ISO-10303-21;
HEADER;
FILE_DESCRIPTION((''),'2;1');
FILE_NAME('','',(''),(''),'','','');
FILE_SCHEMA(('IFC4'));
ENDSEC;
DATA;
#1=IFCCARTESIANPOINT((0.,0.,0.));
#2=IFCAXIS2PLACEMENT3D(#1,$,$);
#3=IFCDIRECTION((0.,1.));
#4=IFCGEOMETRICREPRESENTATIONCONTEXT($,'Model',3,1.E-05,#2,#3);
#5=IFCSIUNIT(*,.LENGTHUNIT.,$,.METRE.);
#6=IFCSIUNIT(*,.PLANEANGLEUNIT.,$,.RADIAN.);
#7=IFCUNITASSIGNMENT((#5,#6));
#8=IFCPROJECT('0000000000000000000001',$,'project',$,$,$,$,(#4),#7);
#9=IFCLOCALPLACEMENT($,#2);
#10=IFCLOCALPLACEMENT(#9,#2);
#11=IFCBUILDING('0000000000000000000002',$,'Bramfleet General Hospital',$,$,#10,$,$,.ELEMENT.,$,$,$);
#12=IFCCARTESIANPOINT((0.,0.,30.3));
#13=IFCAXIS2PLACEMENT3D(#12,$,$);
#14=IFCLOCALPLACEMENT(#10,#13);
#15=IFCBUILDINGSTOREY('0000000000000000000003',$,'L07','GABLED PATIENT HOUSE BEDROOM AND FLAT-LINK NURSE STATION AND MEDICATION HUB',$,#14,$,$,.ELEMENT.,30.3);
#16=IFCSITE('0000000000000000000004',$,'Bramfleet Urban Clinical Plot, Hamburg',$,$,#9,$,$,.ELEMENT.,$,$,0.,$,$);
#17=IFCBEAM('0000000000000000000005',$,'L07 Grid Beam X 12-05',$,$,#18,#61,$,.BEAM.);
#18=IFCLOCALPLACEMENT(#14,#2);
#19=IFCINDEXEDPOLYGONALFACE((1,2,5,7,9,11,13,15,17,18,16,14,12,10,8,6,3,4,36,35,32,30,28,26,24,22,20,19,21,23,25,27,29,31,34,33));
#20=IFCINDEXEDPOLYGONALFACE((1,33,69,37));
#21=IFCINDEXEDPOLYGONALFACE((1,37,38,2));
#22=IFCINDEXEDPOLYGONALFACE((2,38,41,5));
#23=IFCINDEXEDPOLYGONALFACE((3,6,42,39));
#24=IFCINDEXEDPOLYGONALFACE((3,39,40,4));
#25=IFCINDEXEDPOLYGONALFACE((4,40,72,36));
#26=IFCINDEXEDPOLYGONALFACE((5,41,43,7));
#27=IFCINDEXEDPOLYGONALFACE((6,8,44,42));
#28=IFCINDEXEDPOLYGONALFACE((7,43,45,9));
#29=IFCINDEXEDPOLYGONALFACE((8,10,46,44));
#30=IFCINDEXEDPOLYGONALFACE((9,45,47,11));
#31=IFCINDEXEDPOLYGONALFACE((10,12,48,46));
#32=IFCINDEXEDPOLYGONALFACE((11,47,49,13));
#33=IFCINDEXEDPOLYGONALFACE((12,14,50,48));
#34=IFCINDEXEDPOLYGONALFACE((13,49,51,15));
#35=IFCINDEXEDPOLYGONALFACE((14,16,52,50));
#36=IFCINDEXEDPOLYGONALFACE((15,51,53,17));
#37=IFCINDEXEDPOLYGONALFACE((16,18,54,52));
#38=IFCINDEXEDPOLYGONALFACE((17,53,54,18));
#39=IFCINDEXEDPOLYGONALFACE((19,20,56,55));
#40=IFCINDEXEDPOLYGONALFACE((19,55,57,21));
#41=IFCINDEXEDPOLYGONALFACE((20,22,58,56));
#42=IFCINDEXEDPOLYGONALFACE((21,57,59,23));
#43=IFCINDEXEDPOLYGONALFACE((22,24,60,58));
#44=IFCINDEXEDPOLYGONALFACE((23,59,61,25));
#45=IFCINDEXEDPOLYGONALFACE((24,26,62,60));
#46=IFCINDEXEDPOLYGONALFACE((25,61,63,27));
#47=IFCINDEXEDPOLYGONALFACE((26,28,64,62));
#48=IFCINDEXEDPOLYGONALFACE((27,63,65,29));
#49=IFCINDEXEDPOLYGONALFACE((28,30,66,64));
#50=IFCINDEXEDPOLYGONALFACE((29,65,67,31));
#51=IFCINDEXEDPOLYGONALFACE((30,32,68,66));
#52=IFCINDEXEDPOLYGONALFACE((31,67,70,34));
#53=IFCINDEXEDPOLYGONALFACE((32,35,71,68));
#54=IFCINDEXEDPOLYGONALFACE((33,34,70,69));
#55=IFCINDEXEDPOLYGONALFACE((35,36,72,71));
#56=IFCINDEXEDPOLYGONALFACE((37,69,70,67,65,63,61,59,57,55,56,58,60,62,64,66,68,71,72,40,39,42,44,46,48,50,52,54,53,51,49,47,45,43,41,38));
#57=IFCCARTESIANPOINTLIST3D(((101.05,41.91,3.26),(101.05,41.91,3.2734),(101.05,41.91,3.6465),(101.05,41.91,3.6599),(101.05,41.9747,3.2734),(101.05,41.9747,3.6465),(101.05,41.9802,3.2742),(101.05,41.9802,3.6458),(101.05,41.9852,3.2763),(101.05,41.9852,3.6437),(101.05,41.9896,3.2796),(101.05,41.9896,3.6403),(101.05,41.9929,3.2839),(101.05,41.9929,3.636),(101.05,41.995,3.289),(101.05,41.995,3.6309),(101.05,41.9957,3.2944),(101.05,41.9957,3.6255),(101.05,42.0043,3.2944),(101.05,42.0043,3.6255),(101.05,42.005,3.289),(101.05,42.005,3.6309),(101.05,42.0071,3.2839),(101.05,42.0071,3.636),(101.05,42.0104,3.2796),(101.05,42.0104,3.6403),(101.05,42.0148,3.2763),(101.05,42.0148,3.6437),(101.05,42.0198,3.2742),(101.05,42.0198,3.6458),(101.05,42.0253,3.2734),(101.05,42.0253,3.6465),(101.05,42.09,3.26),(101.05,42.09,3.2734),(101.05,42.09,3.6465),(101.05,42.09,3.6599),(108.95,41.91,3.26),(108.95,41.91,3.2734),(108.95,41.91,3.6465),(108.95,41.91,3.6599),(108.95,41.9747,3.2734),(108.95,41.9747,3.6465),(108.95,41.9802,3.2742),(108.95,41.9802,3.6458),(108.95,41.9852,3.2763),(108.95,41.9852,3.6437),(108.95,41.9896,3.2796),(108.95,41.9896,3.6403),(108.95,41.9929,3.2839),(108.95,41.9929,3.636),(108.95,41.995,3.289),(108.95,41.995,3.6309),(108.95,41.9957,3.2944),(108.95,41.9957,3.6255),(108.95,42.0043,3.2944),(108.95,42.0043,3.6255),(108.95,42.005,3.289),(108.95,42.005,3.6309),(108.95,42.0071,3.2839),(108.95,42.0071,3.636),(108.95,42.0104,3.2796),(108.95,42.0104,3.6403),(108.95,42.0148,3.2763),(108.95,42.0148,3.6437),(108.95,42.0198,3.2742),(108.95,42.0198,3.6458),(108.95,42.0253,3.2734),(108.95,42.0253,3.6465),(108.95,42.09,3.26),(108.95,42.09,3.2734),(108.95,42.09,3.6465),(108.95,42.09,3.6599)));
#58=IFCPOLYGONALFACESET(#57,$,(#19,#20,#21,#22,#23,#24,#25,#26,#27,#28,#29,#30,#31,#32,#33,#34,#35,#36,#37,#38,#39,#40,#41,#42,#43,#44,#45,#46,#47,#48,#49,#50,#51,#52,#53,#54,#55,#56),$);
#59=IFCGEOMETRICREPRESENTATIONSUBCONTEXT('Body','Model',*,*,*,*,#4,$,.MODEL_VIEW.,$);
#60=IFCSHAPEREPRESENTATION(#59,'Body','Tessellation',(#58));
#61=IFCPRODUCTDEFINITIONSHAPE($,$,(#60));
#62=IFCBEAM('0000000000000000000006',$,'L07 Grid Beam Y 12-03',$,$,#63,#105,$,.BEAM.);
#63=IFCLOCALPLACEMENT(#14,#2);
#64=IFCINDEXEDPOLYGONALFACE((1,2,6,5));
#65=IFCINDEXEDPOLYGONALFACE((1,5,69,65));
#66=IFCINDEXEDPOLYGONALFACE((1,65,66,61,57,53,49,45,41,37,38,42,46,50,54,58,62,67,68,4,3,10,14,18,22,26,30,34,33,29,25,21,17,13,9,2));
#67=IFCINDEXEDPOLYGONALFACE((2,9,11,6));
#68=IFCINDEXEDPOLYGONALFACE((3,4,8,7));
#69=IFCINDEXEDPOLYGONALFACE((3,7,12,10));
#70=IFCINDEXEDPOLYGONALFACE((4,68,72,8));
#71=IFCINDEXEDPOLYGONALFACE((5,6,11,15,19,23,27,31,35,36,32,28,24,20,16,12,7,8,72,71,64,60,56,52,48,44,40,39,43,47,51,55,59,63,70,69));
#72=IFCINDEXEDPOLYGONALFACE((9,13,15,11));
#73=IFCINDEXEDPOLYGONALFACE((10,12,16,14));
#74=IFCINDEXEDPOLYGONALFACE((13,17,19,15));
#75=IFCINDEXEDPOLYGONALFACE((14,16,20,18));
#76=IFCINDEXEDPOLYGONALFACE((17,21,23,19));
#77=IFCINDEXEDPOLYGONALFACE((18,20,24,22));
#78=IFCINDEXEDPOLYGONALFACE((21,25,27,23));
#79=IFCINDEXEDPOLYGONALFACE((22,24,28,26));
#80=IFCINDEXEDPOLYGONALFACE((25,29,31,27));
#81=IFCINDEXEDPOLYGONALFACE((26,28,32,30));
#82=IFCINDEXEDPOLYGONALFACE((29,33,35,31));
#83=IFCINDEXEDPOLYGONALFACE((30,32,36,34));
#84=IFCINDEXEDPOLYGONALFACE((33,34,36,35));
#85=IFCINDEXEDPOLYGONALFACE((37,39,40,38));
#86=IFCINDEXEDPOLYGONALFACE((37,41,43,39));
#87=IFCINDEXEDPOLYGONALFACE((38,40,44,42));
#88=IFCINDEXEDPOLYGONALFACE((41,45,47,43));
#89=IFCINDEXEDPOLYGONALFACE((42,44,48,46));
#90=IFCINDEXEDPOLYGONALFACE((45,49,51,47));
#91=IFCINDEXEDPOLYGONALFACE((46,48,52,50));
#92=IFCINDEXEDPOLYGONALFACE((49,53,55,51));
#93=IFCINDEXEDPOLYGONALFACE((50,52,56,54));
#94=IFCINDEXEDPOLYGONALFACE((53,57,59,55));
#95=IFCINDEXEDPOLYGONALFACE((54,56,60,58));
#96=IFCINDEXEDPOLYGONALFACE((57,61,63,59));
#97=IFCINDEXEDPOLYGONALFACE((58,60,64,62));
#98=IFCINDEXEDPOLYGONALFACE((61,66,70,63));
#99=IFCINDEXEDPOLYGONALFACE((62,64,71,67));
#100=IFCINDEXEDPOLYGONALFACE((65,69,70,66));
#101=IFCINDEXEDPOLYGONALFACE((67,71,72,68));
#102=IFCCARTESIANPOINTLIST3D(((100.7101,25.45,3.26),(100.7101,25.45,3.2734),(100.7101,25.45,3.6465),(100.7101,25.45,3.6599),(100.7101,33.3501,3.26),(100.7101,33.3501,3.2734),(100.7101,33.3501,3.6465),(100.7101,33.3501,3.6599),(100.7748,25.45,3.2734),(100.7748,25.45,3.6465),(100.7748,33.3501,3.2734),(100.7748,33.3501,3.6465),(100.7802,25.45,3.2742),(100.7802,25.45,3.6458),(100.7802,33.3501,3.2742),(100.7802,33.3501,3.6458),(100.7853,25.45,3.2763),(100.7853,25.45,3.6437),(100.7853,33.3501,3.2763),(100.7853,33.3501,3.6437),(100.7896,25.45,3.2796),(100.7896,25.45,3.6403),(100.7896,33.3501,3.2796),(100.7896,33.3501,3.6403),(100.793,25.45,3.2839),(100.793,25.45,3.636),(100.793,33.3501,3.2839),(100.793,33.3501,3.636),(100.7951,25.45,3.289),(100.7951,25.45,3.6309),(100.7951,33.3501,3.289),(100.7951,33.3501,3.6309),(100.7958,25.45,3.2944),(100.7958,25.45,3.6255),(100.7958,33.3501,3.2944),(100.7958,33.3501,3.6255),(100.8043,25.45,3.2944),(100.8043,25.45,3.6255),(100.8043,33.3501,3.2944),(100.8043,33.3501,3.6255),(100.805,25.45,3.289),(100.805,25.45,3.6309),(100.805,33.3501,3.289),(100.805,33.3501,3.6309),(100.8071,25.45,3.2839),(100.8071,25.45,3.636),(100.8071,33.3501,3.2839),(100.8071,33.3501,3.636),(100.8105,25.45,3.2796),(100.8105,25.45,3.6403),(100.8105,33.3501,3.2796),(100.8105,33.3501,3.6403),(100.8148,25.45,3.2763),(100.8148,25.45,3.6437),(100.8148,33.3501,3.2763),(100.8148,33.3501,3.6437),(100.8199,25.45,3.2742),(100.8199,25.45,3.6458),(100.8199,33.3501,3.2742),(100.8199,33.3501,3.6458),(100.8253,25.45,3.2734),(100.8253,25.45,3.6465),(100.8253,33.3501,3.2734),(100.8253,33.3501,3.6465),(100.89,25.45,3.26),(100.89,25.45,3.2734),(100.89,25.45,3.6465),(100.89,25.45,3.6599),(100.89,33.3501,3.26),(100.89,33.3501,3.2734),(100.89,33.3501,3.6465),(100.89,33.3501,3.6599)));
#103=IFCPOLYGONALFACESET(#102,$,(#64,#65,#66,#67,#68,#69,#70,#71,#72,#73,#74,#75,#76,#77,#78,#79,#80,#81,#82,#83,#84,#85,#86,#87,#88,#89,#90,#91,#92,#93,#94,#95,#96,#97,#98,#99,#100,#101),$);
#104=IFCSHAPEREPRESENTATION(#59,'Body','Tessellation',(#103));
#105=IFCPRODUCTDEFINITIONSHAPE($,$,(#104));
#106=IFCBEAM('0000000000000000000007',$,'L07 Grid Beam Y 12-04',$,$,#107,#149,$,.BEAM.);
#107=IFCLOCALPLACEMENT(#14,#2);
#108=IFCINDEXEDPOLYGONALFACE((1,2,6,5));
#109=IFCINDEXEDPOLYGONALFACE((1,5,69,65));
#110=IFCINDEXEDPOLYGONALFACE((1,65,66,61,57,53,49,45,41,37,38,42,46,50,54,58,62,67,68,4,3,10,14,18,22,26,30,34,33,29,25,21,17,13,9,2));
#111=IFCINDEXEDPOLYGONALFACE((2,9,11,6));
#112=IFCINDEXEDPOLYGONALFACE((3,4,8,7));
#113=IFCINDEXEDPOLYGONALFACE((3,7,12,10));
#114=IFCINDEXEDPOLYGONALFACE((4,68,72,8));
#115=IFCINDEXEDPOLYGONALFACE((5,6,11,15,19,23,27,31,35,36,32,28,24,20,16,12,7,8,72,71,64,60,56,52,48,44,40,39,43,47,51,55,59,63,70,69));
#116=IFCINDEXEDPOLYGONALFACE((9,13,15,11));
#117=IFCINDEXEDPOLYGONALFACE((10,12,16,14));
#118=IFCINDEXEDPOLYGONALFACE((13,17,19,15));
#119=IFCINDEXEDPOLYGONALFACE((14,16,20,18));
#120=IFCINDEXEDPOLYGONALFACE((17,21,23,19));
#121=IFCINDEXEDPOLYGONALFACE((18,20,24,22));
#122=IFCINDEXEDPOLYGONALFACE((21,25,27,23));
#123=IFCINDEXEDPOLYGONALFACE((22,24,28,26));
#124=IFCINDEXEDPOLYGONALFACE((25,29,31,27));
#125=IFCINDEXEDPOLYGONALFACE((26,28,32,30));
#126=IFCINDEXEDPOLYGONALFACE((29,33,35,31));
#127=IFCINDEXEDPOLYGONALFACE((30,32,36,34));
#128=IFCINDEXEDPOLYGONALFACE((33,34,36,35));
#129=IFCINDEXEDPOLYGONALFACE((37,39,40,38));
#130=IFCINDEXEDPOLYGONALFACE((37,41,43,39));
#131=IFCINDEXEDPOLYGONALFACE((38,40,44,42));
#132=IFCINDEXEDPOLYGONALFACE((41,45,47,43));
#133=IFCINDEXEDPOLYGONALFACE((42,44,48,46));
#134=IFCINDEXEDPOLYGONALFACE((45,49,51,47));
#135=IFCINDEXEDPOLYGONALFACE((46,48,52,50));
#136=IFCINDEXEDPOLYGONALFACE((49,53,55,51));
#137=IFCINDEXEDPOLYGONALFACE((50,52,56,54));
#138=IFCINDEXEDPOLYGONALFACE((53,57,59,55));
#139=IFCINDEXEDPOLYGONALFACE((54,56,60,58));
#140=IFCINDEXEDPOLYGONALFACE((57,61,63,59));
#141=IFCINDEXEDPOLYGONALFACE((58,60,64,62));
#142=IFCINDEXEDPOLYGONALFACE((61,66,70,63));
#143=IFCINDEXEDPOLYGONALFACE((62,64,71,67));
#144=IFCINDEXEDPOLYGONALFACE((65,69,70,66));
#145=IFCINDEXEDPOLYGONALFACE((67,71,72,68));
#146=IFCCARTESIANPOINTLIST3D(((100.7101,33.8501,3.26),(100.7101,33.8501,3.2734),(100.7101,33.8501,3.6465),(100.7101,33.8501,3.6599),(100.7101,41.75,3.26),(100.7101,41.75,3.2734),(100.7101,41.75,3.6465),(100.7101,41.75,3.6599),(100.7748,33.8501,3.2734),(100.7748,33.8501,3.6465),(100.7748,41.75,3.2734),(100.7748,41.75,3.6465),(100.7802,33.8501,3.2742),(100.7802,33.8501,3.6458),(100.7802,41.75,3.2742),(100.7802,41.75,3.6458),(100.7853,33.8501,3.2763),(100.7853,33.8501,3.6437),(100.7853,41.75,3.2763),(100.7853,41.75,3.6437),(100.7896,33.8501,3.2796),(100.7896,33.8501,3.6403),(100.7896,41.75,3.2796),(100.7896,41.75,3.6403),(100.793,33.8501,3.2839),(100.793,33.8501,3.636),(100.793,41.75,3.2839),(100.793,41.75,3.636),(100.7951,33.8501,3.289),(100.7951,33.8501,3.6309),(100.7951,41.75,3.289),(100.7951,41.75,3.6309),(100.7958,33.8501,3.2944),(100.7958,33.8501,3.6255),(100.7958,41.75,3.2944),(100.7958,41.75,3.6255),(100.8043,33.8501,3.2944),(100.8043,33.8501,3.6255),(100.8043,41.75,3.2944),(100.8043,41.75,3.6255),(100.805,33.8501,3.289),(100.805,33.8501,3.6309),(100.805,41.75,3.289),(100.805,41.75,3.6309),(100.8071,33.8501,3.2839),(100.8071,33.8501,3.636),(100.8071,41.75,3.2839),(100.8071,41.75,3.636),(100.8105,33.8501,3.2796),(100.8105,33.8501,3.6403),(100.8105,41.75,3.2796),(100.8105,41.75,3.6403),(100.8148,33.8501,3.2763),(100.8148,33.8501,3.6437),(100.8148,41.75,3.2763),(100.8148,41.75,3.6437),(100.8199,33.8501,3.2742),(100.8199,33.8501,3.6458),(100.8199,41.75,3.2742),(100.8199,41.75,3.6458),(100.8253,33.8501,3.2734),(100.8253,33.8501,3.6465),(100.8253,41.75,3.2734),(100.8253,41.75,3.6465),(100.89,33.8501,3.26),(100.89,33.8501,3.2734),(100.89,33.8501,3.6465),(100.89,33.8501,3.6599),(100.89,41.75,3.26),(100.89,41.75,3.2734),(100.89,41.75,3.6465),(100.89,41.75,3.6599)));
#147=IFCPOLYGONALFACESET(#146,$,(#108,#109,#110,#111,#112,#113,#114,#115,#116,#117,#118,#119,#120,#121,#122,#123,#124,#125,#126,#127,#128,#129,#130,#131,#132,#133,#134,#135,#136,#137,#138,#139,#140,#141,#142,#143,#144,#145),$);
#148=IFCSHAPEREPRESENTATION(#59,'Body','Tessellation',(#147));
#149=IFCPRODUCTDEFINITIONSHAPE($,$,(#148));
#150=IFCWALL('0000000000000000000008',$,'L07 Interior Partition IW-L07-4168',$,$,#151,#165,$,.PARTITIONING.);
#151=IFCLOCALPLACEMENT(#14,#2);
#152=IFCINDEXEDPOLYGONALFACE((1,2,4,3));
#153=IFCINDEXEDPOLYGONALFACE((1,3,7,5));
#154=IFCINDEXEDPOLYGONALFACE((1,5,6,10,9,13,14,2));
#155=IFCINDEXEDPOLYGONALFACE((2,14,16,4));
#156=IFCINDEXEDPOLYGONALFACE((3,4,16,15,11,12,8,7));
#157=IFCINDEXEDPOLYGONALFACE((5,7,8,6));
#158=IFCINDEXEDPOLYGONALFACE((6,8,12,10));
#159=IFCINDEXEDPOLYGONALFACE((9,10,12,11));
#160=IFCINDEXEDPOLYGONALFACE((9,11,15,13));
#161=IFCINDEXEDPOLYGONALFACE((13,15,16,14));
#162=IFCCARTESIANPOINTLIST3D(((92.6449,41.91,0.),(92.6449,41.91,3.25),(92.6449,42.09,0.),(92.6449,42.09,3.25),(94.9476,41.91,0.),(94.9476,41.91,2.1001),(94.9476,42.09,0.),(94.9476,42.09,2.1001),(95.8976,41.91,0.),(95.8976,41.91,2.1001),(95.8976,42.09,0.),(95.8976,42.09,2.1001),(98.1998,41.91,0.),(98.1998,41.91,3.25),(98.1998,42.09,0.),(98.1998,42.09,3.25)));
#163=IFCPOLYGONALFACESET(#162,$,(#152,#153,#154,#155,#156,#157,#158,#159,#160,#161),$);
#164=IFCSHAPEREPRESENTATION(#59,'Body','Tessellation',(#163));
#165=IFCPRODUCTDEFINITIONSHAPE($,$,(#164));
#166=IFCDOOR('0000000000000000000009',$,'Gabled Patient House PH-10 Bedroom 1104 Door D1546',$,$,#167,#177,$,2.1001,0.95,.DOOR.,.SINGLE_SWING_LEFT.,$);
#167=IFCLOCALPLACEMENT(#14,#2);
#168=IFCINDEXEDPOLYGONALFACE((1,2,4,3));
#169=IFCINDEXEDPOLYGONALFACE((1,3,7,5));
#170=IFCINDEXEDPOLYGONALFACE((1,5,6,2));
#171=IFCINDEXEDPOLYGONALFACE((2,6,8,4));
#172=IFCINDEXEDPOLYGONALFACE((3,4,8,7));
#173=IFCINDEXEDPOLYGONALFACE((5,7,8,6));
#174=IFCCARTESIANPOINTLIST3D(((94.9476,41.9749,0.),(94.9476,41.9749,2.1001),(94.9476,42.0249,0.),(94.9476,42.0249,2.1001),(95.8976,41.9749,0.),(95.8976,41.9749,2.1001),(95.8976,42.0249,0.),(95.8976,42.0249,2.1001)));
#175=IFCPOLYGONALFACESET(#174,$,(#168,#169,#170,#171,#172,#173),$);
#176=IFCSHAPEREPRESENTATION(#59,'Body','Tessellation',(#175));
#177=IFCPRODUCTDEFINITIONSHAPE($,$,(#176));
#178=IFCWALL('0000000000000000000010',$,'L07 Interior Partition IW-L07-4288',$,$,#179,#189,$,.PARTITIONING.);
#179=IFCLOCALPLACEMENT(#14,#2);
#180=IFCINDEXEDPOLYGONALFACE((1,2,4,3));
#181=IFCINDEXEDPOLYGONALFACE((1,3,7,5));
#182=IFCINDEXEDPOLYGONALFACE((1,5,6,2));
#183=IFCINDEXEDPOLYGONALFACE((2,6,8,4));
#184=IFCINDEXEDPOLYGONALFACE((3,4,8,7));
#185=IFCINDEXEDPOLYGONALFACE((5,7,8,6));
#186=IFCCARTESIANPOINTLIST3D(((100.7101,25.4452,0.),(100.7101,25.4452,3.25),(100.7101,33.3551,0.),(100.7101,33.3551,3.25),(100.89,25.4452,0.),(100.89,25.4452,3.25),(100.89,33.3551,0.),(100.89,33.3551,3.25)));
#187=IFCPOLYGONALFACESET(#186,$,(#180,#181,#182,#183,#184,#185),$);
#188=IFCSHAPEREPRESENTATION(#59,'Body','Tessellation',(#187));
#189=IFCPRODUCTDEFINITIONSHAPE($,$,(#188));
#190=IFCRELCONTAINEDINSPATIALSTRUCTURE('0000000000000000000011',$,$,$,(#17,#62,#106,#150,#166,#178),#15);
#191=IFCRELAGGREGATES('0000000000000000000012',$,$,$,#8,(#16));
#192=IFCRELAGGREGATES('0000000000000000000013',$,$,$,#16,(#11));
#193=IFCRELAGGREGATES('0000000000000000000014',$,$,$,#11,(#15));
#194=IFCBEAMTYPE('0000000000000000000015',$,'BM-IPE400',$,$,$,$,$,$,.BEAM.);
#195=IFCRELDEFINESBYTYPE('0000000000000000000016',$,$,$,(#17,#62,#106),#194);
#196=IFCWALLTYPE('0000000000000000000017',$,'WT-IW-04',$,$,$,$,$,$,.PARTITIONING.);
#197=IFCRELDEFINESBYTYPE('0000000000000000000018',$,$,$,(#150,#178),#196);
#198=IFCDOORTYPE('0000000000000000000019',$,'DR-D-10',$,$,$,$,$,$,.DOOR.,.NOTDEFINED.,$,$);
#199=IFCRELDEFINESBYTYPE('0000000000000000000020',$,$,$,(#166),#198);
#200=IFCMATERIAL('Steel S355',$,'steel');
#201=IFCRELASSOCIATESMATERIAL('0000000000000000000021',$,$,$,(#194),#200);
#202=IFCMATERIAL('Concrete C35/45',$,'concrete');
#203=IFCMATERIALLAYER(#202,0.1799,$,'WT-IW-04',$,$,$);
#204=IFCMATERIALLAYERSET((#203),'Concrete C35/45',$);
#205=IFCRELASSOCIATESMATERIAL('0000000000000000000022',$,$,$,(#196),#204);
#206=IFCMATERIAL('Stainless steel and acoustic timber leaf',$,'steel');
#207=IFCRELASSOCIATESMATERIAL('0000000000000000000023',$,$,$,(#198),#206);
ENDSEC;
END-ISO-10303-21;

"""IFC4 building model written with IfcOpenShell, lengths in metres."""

from ifc_helpers import new_model, si_unit, direction, frame, frame_2d, origin, origin_2d, place, context, subcontext, project, spatial, rectangle, i_section, extrude, material, layer, layer_set, material_profile, profile_set, type_object, element, fill, save


model = new_model("IFC4")

# Units and contexts
model_context = context("Model", 3, precision=1e-05, world=origin(), true_north=direction((0.0, 1.0)))
body_context = subcontext(model_context, "Body", "Model", "MODEL_VIEW")
ifc_project = project(units=[si_unit("LENGTHUNIT", "METRE"), si_unit("PLANEANGLEUNIT", "RADIAN")], contexts=[model_context])

# Site, building, storey
site_placement = place(None, origin())
site = spatial("IfcSite", under=ifc_project, at=site_placement, Name="Bramfleet Urban Clinical Plot, Hamburg", CompositionType="ELEMENT", RefElevation=0.0)
building_placement = place(site_placement, origin())
building = spatial("IfcBuilding", under=site, at=building_placement, Name="Bramfleet General Hospital", CompositionType="ELEMENT")
storey_placement = place(building_placement, frame((0.0, 0.0, 30.3)))
storey = spatial("IfcBuildingStorey", under=building, at=storey_placement, Name="L07", Description="GABLED PATIENT HOUSE BEDROOM AND FLAT-LINK NURSE STATION AND MEDICATION HUB", CompositionType="ELEMENT", Elevation=30.3)

# Beams
ifc_material_1 = material(Name="Steel S355", Category="steel")
ifc_material_profile_1 = material_profile(ifc_material_1, i_section(OverallWidth=0.1799, OverallDepth=0.3999, WebThickness=0.0085, FlangeThickness=0.0134, FilletRadius=0.021, at=origin_2d()), Name="IPE 400")
ifc_profile_set_1 = profile_set([ifc_material_profile_1], Name="Steel S355")
beam_type_1 = type_object("IfcBeamType", Name="BM-IPE400", PredefinedType="BEAM", material=ifc_profile_set_1)
for number, where, z_axis, x_axis, name in (
    (1, (101.05, 42.0, 3.46), (1.0, 0.0, 0.0), (0.0, 1.0, 0.0), "L07 Grid Beam X 12-05"),
):
    element("IfcBeam", number, at=place(storey_placement, frame(where, z_axis=z_axis, x_axis=x_axis)), inside=storey, type_object=beam_type_1, Name=name, PredefinedType="BEAM", context=body_context, shape_type="SweptSolid", body=[
        extrude(i_section(OverallWidth=0.1799, OverallDepth=0.3999, WebThickness=0.0085, FlangeThickness=0.0134, FilletRadius=0.021, at=origin_2d()), origin(), (0.0, 0.0, 1.0), 7.8999),
    ])
beam_1_placement = place(storey_placement, frame((100.8, 25.45, 3.46), z_axis=(0.0, 1.0, 0.0), x_axis=(-1.0, 0.0, 0.0)))
element("IfcBeam", 2, at=beam_1_placement, inside=storey, type_object=beam_type_1, Name="L07 Grid Beam Y 12-03", PredefinedType="BEAM", context=body_context, shape_type="SweptSolid", body=[
    extrude(i_section(OverallWidth=0.1799, OverallDepth=0.3999, WebThickness=0.0085, FlangeThickness=0.0134, FilletRadius=0.021, at=origin_2d()), origin(), (0.0, 0.0, 1.0), 7.9001),
])
beam_2_placement = place(storey_placement, frame((100.8, 33.8501, 3.46), z_axis=(0.0, 1.0, 0.0), x_axis=(-1.0, 0.0, 0.0)))
element("IfcBeam", 3, at=beam_2_placement, inside=storey, type_object=beam_type_1, Name="L07 Grid Beam Y 12-04", PredefinedType="BEAM", context=body_context, shape_type="SweptSolid", body=[
    extrude(i_section(OverallWidth=0.1799, OverallDepth=0.3999, WebThickness=0.0085, FlangeThickness=0.0134, FilletRadius=0.021, at=origin_2d()), origin(), (0.0, 0.0, 1.0), 7.8999),
])

# Wall, opening, door
ifc_material_2 = material(Name="Concrete C35/45", Category="concrete")
ifc_layer_1 = layer(ifc_material_2, 0.1799, Name="WT-IW-04")
ifc_layer_set_1 = layer_set([ifc_layer_1], Name="Concrete C35/45")
wall_type_1 = type_object("IfcWallType", Name="WT-IW-04", PredefinedType="PARTITIONING", material=ifc_layer_set_1)
wall_1_placement = place(storey_placement, frame((92.645, 42.0, 0.0), z_axis=(0.0, 0.0, 1.0), x_axis=(1.0, 0.0, 0.0)))
wall_1 = element("IfcWall", 4, at=wall_1_placement, inside=storey, type_object=wall_type_1, Name="L07 Interior Partition IW-L07-4168", PredefinedType="PARTITIONING", context=body_context, shape_type="SweptSolid", body=[
    extrude(rectangle(XDim=5.5549, YDim=0.1799, at=frame_2d((2.7773, 0.0))), origin(), (0.0, 0.0, 1.0), 3.25),
])
opening_1_placement = place(wall_1_placement, frame((2.3025, 0.0, 0.0)))
opening_1 = element("IfcOpeningElement", 5, at=opening_1_placement, cuts=wall_1, PredefinedType="OPENING", context=body_context, shape_type="SweptSolid", body=[
    extrude(rectangle(XDim=0.95, YDim=2.1001, at=frame_2d((0.4751, 1.05))), frame((0.0, 0.0999, 0.0), z_axis=(0.0, -1.0, 0.0), x_axis=(1.0, 0.0, 0.0)), (0.0, 0.0, 1.0), 0.2),
])
ifc_material_3 = material(Name="Stainless steel and acoustic timber leaf", Category="steel")
door_type_1 = type_object("IfcDoorType", Name="DR-D-10", OperationType="NOTDEFINED", PredefinedType="DOOR", material=ifc_material_3)
door_1_placement = place(opening_1_placement, origin())
door_1 = element("IfcDoor", 6, at=door_1_placement, inside=storey, type_object=door_type_1, Name="Gabled Patient House PH-10 Bedroom 1104 Door D1546", OperationType="SINGLE_SWING_LEFT", OverallHeight=2.1001, OverallWidth=0.95, PredefinedType="DOOR", context=body_context, shape_type="SweptSolid", body=[
    extrude(rectangle(XDim=0.95, YDim=2.1001, at=frame_2d((0.4751, 1.05))), frame((0.0, 0.0249, 0.0), z_axis=(0.0, -1.0, 0.0), x_axis=(1.0, 0.0, 0.0)), (0.0, 0.0, 1.0), 0.05),
])
fill(opening_1, door_1)

# Wall
wall_2_placement = place(storey_placement, frame((100.8, 25.4451, 0.0), z_axis=(0.0, 0.0, 1.0), x_axis=(0.0, 1.0, 0.0)))
element("IfcWall", 7, at=wall_2_placement, inside=storey, type_object=wall_type_1, Name="L07 Interior Partition IW-L07-4288", PredefinedType="PARTITIONING", context=body_context, shape_type="SweptSolid", body=[
    extrude(rectangle(XDim=7.9099, YDim=0.1799, at=frame_2d((3.9551, 0.0))), origin(), (0.0, 0.0, 1.0), 3.25),
])

save(model, "model.ifc")
